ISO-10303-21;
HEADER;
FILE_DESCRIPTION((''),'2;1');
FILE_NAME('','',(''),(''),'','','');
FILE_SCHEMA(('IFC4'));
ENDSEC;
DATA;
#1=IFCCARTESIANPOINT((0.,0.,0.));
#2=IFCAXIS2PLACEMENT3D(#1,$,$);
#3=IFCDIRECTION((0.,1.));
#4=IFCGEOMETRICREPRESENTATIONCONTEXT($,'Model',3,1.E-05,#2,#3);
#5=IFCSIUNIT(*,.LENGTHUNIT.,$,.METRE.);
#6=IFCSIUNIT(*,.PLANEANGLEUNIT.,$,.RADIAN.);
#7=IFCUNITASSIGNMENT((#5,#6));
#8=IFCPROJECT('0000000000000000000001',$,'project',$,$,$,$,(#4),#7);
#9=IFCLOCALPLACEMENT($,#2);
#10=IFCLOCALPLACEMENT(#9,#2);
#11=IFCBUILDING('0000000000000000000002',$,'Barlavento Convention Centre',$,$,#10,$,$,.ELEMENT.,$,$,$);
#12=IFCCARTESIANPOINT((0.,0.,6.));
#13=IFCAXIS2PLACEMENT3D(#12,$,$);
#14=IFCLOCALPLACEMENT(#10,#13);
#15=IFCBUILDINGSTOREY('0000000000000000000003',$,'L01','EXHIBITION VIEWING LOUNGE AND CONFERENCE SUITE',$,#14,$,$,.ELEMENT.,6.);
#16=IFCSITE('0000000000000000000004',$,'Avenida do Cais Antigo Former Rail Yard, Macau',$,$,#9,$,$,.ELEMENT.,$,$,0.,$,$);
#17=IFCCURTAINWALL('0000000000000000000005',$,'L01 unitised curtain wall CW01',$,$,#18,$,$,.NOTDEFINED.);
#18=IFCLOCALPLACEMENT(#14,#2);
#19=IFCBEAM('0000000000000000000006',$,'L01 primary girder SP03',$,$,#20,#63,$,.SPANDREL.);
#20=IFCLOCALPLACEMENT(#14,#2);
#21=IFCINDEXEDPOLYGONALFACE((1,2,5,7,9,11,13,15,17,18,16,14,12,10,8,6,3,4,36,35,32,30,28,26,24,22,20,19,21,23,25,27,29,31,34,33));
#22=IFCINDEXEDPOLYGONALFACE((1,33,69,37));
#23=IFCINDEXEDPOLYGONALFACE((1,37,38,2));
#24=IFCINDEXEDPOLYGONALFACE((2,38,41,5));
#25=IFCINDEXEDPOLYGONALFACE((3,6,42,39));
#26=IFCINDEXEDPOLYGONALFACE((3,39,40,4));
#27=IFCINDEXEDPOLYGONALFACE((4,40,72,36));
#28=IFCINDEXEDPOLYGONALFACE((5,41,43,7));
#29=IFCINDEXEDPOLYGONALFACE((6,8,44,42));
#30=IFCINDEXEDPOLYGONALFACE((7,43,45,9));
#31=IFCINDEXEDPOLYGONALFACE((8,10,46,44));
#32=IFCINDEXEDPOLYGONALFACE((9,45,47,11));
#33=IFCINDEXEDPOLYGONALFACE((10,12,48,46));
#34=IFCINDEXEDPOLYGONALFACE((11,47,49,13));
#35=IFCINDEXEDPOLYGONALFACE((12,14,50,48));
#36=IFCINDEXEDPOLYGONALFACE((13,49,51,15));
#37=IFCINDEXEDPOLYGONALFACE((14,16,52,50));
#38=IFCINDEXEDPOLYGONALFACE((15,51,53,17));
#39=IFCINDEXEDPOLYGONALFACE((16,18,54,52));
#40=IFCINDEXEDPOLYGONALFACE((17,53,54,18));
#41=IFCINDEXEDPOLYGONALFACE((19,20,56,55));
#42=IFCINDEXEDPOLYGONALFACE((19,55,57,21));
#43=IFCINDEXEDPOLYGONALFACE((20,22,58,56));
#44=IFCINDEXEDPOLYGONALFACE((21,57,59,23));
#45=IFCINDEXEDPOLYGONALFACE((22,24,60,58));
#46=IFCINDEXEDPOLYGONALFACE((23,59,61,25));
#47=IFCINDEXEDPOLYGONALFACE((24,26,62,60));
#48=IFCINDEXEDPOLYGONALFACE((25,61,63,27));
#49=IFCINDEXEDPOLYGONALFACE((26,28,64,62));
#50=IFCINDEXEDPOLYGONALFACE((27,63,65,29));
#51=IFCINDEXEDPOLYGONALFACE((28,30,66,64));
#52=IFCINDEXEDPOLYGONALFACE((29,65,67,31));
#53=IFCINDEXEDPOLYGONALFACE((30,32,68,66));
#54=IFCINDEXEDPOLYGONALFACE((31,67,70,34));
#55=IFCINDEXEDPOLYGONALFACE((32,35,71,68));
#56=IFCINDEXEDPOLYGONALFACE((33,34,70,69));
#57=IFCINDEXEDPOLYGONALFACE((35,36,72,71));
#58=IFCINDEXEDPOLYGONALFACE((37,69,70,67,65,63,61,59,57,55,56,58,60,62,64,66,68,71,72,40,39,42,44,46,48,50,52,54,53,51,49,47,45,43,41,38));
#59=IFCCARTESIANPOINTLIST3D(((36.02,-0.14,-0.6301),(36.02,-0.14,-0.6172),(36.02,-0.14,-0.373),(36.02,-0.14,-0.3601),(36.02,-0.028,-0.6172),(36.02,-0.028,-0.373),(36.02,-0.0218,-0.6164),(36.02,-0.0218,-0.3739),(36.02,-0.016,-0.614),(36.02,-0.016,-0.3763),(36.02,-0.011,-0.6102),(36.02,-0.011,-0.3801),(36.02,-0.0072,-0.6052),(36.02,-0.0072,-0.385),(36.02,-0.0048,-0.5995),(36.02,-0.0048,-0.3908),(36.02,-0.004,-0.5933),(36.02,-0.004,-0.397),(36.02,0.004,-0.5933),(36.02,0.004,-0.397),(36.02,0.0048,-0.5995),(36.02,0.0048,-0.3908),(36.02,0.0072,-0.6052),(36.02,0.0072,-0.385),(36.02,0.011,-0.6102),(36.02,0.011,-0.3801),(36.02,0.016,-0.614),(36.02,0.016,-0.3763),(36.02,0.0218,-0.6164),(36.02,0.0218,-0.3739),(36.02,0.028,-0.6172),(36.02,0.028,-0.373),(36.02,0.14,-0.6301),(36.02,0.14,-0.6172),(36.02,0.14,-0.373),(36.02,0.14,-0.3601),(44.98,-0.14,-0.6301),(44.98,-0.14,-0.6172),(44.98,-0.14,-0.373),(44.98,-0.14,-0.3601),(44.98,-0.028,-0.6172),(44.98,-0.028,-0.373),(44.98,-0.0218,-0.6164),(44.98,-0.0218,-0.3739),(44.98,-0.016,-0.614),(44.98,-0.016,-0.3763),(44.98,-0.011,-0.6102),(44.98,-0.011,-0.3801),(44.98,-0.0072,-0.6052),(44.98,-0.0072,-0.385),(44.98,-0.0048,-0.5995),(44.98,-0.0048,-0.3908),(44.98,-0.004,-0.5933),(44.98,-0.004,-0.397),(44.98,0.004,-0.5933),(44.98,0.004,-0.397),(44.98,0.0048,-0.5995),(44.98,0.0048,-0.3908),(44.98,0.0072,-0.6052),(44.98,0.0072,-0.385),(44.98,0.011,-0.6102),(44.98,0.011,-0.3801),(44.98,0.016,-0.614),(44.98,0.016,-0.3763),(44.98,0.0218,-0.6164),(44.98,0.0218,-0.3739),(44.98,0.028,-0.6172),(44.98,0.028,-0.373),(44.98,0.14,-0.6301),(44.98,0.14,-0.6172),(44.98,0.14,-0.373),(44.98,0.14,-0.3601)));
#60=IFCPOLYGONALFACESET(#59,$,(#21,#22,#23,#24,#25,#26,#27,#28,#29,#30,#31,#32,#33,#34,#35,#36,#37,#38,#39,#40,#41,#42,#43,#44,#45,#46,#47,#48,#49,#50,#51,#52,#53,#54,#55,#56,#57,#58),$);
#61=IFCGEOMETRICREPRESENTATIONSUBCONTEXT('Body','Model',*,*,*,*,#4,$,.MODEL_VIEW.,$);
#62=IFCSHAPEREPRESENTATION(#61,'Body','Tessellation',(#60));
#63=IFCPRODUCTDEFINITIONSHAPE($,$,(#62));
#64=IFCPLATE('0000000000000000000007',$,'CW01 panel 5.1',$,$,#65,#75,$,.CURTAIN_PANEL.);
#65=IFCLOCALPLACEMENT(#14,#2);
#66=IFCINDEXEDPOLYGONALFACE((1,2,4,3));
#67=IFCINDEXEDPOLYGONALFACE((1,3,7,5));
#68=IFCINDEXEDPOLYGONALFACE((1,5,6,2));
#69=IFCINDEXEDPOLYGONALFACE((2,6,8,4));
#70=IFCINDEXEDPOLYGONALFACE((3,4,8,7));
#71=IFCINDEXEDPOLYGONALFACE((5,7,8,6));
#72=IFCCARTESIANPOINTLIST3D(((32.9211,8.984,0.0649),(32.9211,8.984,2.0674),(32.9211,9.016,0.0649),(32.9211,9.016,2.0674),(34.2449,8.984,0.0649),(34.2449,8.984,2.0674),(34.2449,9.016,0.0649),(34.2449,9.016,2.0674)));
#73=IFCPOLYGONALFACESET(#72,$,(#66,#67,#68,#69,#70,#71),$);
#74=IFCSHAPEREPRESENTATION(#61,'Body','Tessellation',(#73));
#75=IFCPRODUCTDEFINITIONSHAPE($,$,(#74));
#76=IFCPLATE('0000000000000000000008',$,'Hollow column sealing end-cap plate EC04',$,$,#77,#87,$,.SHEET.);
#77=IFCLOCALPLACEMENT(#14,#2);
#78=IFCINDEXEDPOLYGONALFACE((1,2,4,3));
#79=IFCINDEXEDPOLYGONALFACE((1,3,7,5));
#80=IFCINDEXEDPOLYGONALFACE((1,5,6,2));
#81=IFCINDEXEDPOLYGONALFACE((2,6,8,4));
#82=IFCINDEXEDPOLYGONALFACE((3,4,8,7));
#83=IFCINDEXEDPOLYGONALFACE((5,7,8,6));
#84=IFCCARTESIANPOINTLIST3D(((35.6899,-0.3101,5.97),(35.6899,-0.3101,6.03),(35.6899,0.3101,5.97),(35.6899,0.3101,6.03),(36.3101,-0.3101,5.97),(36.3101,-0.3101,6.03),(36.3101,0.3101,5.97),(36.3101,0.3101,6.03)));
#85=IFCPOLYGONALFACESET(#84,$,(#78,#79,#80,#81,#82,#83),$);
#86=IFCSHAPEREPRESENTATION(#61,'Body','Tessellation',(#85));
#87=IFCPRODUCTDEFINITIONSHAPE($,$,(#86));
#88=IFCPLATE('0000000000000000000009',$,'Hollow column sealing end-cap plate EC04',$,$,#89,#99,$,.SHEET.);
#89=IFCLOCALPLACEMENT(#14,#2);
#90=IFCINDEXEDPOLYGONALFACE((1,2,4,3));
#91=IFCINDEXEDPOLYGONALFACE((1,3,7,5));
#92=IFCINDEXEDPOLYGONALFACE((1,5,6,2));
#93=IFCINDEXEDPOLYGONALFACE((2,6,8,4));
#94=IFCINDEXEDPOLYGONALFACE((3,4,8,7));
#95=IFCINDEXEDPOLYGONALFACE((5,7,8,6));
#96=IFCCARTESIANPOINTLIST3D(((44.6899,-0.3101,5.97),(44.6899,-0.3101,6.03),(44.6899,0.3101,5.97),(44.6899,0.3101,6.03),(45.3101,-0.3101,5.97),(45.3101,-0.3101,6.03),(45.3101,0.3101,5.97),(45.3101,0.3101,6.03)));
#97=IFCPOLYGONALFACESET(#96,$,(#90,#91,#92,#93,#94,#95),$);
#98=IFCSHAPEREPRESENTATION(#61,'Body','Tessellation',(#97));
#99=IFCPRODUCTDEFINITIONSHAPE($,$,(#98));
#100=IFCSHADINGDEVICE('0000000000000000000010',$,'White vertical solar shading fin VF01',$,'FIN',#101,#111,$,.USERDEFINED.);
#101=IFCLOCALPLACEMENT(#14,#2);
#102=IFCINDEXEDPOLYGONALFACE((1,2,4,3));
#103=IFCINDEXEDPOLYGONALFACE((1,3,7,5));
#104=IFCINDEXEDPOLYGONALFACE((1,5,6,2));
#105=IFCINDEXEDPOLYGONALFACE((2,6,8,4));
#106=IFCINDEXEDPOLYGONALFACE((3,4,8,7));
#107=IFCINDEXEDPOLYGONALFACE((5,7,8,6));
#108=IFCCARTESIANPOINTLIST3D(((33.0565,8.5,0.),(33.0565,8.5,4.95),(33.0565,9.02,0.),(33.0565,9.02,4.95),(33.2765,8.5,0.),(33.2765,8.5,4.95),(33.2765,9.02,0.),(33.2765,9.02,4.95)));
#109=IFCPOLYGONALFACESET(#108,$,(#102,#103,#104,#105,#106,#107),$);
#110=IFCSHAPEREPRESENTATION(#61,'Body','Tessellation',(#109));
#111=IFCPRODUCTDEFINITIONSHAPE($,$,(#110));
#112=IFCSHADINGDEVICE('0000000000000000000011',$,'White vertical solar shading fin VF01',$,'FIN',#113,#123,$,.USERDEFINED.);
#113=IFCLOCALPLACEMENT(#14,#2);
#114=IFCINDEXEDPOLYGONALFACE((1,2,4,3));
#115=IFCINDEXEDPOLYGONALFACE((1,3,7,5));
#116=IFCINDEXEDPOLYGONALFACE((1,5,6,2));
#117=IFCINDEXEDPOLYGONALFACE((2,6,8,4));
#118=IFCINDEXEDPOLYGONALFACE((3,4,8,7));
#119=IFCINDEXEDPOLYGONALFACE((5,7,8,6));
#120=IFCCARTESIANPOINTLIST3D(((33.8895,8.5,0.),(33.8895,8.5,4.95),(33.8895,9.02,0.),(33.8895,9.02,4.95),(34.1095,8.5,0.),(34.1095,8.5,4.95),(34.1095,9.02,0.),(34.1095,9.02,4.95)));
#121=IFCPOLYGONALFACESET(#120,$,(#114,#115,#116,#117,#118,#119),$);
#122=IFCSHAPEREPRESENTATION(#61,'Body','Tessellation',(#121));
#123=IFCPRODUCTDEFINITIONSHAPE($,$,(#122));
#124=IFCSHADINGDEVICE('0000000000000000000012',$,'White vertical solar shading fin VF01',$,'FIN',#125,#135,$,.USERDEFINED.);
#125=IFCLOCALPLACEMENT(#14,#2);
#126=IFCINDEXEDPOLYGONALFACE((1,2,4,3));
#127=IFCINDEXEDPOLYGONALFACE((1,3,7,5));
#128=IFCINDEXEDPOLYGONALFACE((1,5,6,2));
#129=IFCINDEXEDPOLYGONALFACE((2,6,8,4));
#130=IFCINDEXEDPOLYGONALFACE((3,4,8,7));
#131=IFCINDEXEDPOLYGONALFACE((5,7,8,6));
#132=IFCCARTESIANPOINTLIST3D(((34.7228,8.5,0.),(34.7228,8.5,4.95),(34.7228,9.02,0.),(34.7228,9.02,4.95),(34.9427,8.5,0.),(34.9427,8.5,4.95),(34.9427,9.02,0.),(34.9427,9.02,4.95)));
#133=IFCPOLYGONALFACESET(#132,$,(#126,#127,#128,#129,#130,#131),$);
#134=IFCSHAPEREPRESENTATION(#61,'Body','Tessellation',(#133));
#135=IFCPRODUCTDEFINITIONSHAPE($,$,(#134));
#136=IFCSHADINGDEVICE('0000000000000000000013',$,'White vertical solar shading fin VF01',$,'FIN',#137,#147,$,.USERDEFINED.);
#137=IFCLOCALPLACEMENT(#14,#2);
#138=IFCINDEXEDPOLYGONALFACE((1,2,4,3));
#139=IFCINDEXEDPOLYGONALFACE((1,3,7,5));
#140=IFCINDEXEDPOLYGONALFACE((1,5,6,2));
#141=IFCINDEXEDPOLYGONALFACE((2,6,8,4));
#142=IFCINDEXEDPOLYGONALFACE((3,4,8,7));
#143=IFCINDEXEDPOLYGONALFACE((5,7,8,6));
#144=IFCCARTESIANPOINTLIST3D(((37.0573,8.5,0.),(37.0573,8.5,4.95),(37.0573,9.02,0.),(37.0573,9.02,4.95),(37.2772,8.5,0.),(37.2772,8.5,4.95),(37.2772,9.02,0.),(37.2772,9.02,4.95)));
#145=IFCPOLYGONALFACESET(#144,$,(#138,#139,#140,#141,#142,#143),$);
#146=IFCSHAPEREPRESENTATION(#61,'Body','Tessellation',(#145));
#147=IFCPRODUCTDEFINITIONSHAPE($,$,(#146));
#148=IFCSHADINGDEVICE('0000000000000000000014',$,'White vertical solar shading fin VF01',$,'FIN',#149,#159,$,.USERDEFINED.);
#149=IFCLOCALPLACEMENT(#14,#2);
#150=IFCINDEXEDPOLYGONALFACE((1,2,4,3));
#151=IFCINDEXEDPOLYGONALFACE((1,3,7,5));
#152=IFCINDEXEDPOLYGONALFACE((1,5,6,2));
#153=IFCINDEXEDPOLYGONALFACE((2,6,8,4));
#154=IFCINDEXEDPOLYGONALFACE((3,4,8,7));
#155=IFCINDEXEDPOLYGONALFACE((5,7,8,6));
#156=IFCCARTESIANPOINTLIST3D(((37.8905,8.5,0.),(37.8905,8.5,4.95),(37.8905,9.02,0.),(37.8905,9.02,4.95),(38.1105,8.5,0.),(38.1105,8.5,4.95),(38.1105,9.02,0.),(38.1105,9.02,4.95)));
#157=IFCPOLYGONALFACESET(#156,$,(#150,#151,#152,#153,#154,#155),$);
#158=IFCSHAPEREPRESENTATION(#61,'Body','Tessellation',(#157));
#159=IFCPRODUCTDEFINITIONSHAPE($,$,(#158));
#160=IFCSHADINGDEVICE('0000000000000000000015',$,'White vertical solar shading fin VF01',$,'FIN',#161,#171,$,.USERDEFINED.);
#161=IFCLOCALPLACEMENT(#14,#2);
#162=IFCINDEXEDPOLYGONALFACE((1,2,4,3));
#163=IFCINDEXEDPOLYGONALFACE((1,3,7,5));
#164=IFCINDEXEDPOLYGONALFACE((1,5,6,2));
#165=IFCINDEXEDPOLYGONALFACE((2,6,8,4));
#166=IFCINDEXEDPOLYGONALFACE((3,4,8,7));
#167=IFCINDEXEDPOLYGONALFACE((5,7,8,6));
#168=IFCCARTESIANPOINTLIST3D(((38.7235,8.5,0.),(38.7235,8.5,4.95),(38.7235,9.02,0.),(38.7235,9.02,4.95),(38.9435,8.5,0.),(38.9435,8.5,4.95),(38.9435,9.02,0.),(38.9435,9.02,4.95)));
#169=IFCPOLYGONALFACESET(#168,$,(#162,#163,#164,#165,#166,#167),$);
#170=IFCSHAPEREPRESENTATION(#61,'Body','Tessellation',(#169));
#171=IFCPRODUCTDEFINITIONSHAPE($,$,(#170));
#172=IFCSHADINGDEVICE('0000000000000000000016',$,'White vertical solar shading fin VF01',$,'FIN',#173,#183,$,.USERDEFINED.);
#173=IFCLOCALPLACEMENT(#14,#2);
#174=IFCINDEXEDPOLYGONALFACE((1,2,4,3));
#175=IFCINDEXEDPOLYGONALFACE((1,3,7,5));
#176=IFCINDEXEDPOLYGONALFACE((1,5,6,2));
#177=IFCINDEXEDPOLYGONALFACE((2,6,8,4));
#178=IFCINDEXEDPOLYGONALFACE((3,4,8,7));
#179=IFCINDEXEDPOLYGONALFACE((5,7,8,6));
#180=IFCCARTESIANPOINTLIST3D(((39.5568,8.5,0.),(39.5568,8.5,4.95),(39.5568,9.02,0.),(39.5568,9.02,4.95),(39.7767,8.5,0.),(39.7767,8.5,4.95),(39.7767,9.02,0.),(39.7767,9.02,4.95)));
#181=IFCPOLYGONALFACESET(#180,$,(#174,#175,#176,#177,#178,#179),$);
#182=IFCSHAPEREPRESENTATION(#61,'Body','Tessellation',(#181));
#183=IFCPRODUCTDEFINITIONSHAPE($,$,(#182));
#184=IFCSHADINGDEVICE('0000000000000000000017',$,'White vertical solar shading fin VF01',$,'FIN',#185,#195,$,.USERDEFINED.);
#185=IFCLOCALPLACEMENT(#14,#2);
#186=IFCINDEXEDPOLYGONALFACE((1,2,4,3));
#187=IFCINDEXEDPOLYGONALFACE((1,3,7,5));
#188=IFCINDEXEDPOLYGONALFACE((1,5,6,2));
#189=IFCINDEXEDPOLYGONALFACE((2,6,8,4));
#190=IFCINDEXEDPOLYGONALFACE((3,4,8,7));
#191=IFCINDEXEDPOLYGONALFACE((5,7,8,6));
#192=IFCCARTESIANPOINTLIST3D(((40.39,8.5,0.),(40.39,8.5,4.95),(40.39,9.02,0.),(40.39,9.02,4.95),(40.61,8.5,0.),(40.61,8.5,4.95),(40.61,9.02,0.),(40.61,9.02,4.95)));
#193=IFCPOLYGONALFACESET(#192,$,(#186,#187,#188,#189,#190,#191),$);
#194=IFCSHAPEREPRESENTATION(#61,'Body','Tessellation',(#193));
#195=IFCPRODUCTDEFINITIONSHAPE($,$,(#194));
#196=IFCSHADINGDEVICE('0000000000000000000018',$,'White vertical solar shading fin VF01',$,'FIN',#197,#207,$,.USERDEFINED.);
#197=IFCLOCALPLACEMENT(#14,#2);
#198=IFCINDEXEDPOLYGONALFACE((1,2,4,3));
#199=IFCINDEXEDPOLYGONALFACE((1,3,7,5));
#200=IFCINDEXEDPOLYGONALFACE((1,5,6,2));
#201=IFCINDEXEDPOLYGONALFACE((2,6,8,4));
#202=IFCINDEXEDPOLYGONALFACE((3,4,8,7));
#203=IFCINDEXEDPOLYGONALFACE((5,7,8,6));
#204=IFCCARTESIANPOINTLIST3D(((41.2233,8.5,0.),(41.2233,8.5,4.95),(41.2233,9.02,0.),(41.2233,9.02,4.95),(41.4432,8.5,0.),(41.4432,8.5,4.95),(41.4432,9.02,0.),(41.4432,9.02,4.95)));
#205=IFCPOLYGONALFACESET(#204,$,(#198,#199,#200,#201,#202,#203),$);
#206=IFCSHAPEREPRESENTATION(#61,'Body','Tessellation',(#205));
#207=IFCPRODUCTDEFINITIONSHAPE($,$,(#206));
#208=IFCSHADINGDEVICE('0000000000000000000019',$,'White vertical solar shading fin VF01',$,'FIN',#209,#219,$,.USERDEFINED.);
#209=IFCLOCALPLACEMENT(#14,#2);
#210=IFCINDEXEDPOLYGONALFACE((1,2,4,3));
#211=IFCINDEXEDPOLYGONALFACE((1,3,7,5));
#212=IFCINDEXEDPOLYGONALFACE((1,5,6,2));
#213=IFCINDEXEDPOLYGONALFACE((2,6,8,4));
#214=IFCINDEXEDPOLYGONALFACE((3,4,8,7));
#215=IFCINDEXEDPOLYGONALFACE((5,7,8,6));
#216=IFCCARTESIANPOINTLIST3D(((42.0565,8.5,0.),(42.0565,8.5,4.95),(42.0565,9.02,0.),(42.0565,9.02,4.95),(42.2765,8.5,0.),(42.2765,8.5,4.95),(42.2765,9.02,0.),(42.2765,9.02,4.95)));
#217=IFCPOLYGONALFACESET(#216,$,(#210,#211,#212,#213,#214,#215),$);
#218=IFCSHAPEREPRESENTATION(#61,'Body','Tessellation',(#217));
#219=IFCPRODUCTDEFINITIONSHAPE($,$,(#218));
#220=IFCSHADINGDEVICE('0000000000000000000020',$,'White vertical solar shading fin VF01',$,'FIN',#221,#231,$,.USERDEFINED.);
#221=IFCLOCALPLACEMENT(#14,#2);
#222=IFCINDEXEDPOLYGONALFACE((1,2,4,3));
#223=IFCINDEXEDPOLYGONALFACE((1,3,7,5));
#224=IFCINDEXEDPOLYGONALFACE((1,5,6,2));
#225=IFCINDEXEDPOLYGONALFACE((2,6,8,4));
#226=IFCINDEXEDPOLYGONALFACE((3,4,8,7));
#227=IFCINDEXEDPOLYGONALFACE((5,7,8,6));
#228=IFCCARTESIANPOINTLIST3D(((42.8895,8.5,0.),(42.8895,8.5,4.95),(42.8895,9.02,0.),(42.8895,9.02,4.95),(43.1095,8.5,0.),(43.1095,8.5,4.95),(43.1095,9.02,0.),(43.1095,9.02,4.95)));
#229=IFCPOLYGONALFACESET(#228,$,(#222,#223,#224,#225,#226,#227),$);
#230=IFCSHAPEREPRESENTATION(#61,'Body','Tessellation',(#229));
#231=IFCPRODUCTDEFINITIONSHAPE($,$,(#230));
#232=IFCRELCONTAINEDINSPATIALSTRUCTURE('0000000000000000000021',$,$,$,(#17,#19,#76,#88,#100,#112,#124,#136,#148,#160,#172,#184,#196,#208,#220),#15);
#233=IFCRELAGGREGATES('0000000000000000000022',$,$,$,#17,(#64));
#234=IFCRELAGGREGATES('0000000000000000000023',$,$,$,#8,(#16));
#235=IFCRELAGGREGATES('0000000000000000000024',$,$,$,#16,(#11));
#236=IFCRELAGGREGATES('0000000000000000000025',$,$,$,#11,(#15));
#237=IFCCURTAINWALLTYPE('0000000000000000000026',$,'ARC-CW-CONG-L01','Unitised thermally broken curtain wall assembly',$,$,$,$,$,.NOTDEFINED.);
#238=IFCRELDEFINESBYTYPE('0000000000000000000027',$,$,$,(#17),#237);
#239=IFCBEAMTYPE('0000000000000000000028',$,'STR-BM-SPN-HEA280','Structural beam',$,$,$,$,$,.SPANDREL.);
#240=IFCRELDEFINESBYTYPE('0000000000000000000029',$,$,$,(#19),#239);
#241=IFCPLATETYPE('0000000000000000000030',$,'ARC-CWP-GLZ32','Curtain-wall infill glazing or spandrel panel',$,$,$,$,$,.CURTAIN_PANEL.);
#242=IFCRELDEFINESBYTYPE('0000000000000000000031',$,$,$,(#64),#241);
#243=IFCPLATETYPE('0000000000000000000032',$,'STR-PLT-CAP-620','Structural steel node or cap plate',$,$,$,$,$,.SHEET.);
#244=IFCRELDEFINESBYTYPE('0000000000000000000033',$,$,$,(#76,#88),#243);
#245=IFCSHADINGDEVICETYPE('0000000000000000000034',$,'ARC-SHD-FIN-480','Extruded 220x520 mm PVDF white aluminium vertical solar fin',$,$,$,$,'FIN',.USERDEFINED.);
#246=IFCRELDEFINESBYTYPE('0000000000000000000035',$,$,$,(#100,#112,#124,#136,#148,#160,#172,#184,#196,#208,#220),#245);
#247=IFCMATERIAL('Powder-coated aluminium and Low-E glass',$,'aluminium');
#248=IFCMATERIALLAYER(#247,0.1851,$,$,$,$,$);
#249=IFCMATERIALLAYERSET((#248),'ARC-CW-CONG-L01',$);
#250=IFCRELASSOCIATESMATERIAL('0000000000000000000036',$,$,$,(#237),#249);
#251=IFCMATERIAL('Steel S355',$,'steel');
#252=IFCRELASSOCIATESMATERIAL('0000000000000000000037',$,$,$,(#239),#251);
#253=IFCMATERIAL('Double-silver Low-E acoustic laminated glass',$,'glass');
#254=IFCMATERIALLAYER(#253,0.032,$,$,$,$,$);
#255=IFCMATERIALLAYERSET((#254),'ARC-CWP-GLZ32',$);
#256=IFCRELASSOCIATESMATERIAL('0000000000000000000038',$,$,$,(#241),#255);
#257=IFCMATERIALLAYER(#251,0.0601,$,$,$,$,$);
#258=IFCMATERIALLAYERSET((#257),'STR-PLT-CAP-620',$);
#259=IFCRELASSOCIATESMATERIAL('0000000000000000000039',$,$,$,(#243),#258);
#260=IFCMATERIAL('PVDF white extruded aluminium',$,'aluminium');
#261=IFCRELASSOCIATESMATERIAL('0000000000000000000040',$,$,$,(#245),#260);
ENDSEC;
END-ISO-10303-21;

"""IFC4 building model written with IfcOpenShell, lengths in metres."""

from ifc_helpers import new_model, si_unit, direction, frame, origin, origin_2d, place, context, subcontext, project, spatial, rectangle, i_section, extrude, material, layer, layer_set, material_profile, profile_set, type_object, element, aggregate, save


model = new_model("IFC4")

# Units and contexts
model_context = context("Model", 3, precision=1e-05, world=origin(), true_north=direction((0.0, 1.0)))
body_context = subcontext(model_context, "Body", "Model", "MODEL_VIEW")
ifc_project = project(units=[si_unit("LENGTHUNIT", "METRE"), si_unit("PLANEANGLEUNIT", "RADIAN")], contexts=[model_context])

# Site, building, storey
site_placement = place(None, origin())
site = spatial("IfcSite", under=ifc_project, at=site_placement, Name="Avenida do Cais Antigo Former Rail Yard, Macau", CompositionType="ELEMENT", RefElevation=0.0)
building_placement = place(site_placement, origin())
building = spatial("IfcBuilding", under=site, at=building_placement, Name="Barlavento Convention Centre", CompositionType="ELEMENT")
storey_placement = place(building_placement, frame((0.0, 0.0, 6.0)))
storey = spatial("IfcBuildingStorey", under=building, at=storey_placement, Name="L01", Description="EXHIBITION VIEWING LOUNGE AND CONFERENCE SUITE", CompositionType="ELEMENT", Elevation=6.0)

# Curtain wall
ifc_material_1 = material(Name="Powder-coated aluminium and Low-E glass", Category="aluminium")
ifc_layer_1 = layer(ifc_material_1, 0.1851)
ifc_layer_set_1 = layer_set([ifc_layer_1], Name="ARC-CW-CONG-L01")
curtain_wall_type = type_object("IfcCurtainWallType", Name="ARC-CW-CONG-L01", Description="Unitised thermally broken curtain wall assembly", PredefinedType="NOTDEFINED", material=ifc_layer_set_1)
curtain_wall_placement = place(storey_placement, origin())
curtain_wall = element("IfcCurtainWall", 1, at=curtain_wall_placement, inside=storey, type_object=curtain_wall_type, Name="L01 unitised curtain wall CW01", PredefinedType="NOTDEFINED")

# Beam
ifc_material_2 = material(Name="Steel S355", Category="steel")
ifc_material_profile_1 = material_profile(ifc_material_2, i_section(OverallWidth=0.28, OverallDepth=0.27, WebThickness=0.0081, FlangeThickness=0.0129, FilletRadius=0.0239, at=origin_2d()), Name="HEA 280")
ifc_profile_set_1 = profile_set([ifc_material_profile_1], Name="Steel S355")
beam_type = type_object("IfcBeamType", Name="STR-BM-SPN-HEA280", Description="Structural beam", PredefinedType="SPANDREL", material=ifc_profile_set_1)
beam_placement = place(storey_placement, frame((36.02, 0.0, -0.4951), z_axis=(1.0, 0.0, 0.0), x_axis=(0.0, 1.0, 0.0)))
element("IfcBeam", 2, at=beam_placement, inside=storey, type_object=beam_type, Name="L01 primary girder SP03", PredefinedType="SPANDREL", context=body_context, shape_type="SweptSolid", body=[
    extrude(i_section(OverallWidth=0.28, OverallDepth=0.27, WebThickness=0.0081, FlangeThickness=0.0129, FilletRadius=0.0239, at=origin_2d()), origin(), (0.0, 0.0, 1.0), 8.96),
])

# Plate
ifc_material_3 = material(Name="Double-silver Low-E acoustic laminated glass", Category="glass")
ifc_layer_2 = layer(ifc_material_3, 0.032)
ifc_layer_set_2 = layer_set([ifc_layer_2], Name="ARC-CWP-GLZ32")
plate_type_1 = type_object("IfcPlateType", Name="ARC-CWP-GLZ32", Description="Curtain-wall infill glazing or spandrel panel", PredefinedType="CURTAIN_PANEL", material=ifc_layer_set_2)
plate_placement = place(storey_placement, frame((33.583, 9.0, 0.0649), z_axis=(0.0, 0.0, 1.0), x_axis=(1.0, 0.0, 0.0)))
plate = element("IfcPlate", 3, at=plate_placement, type_object=plate_type_1, Name="CW01 panel 5.1", PredefinedType="CURTAIN_PANEL", context=body_context, shape_type="SweptSolid", body=[
    extrude(rectangle(XDim=1.3237, YDim=0.032, at=origin_2d()), origin(), (0.0, 0.0, 1.0), 2.0024),
])
aggregate(curtain_wall, [plate])

# Plates
ifc_layer_3 = layer(ifc_material_2, 0.0601)
ifc_layer_set_3 = layer_set([ifc_layer_3], Name="STR-PLT-CAP-620")
plate_type_2 = type_object("IfcPlateType", Name="STR-PLT-CAP-620", Description="Structural steel node or cap plate", PredefinedType="SHEET", material=ifc_layer_set_3)
for number, where, z_axis, x_axis, name in (
    (4, (36.0, 0.0, 5.97), (0.0, 0.0, 1.0), (1.0, 0.0, 0.0), "Hollow column sealing end-cap plate EC04"),
    (5, (45.0, 0.0, 5.97), (0.0, 0.0, 1.0), (1.0, 0.0, 0.0), "Hollow column sealing end-cap plate EC04"),
):
    element("IfcPlate", number, at=place(storey_placement, frame(where, z_axis=z_axis, x_axis=x_axis)), inside=storey, type_object=plate_type_2, Name=name, PredefinedType="SHEET", context=body_context, shape_type="SweptSolid", body=[
        extrude(rectangle(XDim=0.6201, YDim=0.6201, at=origin_2d()), origin(), (0.0, 0.0, 1.0), 0.0601),
    ])

# Shading devices
ifc_material_4 = material(Name="PVDF white extruded aluminium", Category="aluminium")
shading_device_type = type_object("IfcShadingDeviceType", Name="ARC-SHD-FIN-480", Description="Extruded 220x520 mm PVDF white aluminium vertical solar fin", ElementType="FIN", PredefinedType="USERDEFINED", material=ifc_material_4)
for number, where, z_axis, x_axis, name in (
    (6, (33.1665, 8.76, 0.0), (0.0, 0.0, 1.0), (1.0, 0.0, 0.0), "White vertical solar shading fin VF01"),
    (7, (33.9995, 8.76, 0.0), (0.0, 0.0, 1.0), (1.0, 0.0, 0.0), "White vertical solar shading fin VF01"),
    (8, (34.8328, 8.76, 0.0), (0.0, 0.0, 1.0), (1.0, 0.0, 0.0), "White vertical solar shading fin VF01"),
    (9, (37.1672, 8.76, 0.0), (0.0, 0.0, 1.0), (1.0, 0.0, 0.0), "White vertical solar shading fin VF01"),
    (10, (38.0005, 8.76, 0.0), (0.0, 0.0, 1.0), (1.0, 0.0, 0.0), "White vertical solar shading fin VF01"),
    (11, (38.8335, 8.76, 0.0), (0.0, 0.0, 1.0), (1.0, 0.0, 0.0), "White vertical solar shading fin VF01"),
    (12, (39.6667, 8.76, 0.0), (0.0, 0.0, 1.0), (1.0, 0.0, 0.0), "White vertical solar shading fin VF01"),
    (13, (40.5, 8.76, 0.0), (0.0, 0.0, 1.0), (1.0, 0.0, 0.0), "White vertical solar shading fin VF01"),
    (14, (41.3333, 8.76, 0.0), (0.0, 0.0, 1.0), (1.0, 0.0, 0.0), "White vertical solar shading fin VF01"),
    (15, (42.1665, 8.76, 0.0), (0.0, 0.0, 1.0), (1.0, 0.0, 0.0), "White vertical solar shading fin VF01"),
    (16, (42.9995, 8.76, 0.0), (0.0, 0.0, 1.0), (1.0, 0.0, 0.0), "White vertical solar shading fin VF01"),
):
    element("IfcShadingDevice", number, at=place(storey_placement, frame(where, z_axis=z_axis, x_axis=x_axis)), inside=storey, type_object=shading_device_type, Name=name, ObjectType="FIN", PredefinedType="USERDEFINED", context=body_context, shape_type="SweptSolid", body=[
        extrude(rectangle(XDim=0.22, YDim=0.52, at=origin_2d()), origin(), (0.0, 0.0, 1.0), 4.95),
    ])

save(model, "model.ifc")
